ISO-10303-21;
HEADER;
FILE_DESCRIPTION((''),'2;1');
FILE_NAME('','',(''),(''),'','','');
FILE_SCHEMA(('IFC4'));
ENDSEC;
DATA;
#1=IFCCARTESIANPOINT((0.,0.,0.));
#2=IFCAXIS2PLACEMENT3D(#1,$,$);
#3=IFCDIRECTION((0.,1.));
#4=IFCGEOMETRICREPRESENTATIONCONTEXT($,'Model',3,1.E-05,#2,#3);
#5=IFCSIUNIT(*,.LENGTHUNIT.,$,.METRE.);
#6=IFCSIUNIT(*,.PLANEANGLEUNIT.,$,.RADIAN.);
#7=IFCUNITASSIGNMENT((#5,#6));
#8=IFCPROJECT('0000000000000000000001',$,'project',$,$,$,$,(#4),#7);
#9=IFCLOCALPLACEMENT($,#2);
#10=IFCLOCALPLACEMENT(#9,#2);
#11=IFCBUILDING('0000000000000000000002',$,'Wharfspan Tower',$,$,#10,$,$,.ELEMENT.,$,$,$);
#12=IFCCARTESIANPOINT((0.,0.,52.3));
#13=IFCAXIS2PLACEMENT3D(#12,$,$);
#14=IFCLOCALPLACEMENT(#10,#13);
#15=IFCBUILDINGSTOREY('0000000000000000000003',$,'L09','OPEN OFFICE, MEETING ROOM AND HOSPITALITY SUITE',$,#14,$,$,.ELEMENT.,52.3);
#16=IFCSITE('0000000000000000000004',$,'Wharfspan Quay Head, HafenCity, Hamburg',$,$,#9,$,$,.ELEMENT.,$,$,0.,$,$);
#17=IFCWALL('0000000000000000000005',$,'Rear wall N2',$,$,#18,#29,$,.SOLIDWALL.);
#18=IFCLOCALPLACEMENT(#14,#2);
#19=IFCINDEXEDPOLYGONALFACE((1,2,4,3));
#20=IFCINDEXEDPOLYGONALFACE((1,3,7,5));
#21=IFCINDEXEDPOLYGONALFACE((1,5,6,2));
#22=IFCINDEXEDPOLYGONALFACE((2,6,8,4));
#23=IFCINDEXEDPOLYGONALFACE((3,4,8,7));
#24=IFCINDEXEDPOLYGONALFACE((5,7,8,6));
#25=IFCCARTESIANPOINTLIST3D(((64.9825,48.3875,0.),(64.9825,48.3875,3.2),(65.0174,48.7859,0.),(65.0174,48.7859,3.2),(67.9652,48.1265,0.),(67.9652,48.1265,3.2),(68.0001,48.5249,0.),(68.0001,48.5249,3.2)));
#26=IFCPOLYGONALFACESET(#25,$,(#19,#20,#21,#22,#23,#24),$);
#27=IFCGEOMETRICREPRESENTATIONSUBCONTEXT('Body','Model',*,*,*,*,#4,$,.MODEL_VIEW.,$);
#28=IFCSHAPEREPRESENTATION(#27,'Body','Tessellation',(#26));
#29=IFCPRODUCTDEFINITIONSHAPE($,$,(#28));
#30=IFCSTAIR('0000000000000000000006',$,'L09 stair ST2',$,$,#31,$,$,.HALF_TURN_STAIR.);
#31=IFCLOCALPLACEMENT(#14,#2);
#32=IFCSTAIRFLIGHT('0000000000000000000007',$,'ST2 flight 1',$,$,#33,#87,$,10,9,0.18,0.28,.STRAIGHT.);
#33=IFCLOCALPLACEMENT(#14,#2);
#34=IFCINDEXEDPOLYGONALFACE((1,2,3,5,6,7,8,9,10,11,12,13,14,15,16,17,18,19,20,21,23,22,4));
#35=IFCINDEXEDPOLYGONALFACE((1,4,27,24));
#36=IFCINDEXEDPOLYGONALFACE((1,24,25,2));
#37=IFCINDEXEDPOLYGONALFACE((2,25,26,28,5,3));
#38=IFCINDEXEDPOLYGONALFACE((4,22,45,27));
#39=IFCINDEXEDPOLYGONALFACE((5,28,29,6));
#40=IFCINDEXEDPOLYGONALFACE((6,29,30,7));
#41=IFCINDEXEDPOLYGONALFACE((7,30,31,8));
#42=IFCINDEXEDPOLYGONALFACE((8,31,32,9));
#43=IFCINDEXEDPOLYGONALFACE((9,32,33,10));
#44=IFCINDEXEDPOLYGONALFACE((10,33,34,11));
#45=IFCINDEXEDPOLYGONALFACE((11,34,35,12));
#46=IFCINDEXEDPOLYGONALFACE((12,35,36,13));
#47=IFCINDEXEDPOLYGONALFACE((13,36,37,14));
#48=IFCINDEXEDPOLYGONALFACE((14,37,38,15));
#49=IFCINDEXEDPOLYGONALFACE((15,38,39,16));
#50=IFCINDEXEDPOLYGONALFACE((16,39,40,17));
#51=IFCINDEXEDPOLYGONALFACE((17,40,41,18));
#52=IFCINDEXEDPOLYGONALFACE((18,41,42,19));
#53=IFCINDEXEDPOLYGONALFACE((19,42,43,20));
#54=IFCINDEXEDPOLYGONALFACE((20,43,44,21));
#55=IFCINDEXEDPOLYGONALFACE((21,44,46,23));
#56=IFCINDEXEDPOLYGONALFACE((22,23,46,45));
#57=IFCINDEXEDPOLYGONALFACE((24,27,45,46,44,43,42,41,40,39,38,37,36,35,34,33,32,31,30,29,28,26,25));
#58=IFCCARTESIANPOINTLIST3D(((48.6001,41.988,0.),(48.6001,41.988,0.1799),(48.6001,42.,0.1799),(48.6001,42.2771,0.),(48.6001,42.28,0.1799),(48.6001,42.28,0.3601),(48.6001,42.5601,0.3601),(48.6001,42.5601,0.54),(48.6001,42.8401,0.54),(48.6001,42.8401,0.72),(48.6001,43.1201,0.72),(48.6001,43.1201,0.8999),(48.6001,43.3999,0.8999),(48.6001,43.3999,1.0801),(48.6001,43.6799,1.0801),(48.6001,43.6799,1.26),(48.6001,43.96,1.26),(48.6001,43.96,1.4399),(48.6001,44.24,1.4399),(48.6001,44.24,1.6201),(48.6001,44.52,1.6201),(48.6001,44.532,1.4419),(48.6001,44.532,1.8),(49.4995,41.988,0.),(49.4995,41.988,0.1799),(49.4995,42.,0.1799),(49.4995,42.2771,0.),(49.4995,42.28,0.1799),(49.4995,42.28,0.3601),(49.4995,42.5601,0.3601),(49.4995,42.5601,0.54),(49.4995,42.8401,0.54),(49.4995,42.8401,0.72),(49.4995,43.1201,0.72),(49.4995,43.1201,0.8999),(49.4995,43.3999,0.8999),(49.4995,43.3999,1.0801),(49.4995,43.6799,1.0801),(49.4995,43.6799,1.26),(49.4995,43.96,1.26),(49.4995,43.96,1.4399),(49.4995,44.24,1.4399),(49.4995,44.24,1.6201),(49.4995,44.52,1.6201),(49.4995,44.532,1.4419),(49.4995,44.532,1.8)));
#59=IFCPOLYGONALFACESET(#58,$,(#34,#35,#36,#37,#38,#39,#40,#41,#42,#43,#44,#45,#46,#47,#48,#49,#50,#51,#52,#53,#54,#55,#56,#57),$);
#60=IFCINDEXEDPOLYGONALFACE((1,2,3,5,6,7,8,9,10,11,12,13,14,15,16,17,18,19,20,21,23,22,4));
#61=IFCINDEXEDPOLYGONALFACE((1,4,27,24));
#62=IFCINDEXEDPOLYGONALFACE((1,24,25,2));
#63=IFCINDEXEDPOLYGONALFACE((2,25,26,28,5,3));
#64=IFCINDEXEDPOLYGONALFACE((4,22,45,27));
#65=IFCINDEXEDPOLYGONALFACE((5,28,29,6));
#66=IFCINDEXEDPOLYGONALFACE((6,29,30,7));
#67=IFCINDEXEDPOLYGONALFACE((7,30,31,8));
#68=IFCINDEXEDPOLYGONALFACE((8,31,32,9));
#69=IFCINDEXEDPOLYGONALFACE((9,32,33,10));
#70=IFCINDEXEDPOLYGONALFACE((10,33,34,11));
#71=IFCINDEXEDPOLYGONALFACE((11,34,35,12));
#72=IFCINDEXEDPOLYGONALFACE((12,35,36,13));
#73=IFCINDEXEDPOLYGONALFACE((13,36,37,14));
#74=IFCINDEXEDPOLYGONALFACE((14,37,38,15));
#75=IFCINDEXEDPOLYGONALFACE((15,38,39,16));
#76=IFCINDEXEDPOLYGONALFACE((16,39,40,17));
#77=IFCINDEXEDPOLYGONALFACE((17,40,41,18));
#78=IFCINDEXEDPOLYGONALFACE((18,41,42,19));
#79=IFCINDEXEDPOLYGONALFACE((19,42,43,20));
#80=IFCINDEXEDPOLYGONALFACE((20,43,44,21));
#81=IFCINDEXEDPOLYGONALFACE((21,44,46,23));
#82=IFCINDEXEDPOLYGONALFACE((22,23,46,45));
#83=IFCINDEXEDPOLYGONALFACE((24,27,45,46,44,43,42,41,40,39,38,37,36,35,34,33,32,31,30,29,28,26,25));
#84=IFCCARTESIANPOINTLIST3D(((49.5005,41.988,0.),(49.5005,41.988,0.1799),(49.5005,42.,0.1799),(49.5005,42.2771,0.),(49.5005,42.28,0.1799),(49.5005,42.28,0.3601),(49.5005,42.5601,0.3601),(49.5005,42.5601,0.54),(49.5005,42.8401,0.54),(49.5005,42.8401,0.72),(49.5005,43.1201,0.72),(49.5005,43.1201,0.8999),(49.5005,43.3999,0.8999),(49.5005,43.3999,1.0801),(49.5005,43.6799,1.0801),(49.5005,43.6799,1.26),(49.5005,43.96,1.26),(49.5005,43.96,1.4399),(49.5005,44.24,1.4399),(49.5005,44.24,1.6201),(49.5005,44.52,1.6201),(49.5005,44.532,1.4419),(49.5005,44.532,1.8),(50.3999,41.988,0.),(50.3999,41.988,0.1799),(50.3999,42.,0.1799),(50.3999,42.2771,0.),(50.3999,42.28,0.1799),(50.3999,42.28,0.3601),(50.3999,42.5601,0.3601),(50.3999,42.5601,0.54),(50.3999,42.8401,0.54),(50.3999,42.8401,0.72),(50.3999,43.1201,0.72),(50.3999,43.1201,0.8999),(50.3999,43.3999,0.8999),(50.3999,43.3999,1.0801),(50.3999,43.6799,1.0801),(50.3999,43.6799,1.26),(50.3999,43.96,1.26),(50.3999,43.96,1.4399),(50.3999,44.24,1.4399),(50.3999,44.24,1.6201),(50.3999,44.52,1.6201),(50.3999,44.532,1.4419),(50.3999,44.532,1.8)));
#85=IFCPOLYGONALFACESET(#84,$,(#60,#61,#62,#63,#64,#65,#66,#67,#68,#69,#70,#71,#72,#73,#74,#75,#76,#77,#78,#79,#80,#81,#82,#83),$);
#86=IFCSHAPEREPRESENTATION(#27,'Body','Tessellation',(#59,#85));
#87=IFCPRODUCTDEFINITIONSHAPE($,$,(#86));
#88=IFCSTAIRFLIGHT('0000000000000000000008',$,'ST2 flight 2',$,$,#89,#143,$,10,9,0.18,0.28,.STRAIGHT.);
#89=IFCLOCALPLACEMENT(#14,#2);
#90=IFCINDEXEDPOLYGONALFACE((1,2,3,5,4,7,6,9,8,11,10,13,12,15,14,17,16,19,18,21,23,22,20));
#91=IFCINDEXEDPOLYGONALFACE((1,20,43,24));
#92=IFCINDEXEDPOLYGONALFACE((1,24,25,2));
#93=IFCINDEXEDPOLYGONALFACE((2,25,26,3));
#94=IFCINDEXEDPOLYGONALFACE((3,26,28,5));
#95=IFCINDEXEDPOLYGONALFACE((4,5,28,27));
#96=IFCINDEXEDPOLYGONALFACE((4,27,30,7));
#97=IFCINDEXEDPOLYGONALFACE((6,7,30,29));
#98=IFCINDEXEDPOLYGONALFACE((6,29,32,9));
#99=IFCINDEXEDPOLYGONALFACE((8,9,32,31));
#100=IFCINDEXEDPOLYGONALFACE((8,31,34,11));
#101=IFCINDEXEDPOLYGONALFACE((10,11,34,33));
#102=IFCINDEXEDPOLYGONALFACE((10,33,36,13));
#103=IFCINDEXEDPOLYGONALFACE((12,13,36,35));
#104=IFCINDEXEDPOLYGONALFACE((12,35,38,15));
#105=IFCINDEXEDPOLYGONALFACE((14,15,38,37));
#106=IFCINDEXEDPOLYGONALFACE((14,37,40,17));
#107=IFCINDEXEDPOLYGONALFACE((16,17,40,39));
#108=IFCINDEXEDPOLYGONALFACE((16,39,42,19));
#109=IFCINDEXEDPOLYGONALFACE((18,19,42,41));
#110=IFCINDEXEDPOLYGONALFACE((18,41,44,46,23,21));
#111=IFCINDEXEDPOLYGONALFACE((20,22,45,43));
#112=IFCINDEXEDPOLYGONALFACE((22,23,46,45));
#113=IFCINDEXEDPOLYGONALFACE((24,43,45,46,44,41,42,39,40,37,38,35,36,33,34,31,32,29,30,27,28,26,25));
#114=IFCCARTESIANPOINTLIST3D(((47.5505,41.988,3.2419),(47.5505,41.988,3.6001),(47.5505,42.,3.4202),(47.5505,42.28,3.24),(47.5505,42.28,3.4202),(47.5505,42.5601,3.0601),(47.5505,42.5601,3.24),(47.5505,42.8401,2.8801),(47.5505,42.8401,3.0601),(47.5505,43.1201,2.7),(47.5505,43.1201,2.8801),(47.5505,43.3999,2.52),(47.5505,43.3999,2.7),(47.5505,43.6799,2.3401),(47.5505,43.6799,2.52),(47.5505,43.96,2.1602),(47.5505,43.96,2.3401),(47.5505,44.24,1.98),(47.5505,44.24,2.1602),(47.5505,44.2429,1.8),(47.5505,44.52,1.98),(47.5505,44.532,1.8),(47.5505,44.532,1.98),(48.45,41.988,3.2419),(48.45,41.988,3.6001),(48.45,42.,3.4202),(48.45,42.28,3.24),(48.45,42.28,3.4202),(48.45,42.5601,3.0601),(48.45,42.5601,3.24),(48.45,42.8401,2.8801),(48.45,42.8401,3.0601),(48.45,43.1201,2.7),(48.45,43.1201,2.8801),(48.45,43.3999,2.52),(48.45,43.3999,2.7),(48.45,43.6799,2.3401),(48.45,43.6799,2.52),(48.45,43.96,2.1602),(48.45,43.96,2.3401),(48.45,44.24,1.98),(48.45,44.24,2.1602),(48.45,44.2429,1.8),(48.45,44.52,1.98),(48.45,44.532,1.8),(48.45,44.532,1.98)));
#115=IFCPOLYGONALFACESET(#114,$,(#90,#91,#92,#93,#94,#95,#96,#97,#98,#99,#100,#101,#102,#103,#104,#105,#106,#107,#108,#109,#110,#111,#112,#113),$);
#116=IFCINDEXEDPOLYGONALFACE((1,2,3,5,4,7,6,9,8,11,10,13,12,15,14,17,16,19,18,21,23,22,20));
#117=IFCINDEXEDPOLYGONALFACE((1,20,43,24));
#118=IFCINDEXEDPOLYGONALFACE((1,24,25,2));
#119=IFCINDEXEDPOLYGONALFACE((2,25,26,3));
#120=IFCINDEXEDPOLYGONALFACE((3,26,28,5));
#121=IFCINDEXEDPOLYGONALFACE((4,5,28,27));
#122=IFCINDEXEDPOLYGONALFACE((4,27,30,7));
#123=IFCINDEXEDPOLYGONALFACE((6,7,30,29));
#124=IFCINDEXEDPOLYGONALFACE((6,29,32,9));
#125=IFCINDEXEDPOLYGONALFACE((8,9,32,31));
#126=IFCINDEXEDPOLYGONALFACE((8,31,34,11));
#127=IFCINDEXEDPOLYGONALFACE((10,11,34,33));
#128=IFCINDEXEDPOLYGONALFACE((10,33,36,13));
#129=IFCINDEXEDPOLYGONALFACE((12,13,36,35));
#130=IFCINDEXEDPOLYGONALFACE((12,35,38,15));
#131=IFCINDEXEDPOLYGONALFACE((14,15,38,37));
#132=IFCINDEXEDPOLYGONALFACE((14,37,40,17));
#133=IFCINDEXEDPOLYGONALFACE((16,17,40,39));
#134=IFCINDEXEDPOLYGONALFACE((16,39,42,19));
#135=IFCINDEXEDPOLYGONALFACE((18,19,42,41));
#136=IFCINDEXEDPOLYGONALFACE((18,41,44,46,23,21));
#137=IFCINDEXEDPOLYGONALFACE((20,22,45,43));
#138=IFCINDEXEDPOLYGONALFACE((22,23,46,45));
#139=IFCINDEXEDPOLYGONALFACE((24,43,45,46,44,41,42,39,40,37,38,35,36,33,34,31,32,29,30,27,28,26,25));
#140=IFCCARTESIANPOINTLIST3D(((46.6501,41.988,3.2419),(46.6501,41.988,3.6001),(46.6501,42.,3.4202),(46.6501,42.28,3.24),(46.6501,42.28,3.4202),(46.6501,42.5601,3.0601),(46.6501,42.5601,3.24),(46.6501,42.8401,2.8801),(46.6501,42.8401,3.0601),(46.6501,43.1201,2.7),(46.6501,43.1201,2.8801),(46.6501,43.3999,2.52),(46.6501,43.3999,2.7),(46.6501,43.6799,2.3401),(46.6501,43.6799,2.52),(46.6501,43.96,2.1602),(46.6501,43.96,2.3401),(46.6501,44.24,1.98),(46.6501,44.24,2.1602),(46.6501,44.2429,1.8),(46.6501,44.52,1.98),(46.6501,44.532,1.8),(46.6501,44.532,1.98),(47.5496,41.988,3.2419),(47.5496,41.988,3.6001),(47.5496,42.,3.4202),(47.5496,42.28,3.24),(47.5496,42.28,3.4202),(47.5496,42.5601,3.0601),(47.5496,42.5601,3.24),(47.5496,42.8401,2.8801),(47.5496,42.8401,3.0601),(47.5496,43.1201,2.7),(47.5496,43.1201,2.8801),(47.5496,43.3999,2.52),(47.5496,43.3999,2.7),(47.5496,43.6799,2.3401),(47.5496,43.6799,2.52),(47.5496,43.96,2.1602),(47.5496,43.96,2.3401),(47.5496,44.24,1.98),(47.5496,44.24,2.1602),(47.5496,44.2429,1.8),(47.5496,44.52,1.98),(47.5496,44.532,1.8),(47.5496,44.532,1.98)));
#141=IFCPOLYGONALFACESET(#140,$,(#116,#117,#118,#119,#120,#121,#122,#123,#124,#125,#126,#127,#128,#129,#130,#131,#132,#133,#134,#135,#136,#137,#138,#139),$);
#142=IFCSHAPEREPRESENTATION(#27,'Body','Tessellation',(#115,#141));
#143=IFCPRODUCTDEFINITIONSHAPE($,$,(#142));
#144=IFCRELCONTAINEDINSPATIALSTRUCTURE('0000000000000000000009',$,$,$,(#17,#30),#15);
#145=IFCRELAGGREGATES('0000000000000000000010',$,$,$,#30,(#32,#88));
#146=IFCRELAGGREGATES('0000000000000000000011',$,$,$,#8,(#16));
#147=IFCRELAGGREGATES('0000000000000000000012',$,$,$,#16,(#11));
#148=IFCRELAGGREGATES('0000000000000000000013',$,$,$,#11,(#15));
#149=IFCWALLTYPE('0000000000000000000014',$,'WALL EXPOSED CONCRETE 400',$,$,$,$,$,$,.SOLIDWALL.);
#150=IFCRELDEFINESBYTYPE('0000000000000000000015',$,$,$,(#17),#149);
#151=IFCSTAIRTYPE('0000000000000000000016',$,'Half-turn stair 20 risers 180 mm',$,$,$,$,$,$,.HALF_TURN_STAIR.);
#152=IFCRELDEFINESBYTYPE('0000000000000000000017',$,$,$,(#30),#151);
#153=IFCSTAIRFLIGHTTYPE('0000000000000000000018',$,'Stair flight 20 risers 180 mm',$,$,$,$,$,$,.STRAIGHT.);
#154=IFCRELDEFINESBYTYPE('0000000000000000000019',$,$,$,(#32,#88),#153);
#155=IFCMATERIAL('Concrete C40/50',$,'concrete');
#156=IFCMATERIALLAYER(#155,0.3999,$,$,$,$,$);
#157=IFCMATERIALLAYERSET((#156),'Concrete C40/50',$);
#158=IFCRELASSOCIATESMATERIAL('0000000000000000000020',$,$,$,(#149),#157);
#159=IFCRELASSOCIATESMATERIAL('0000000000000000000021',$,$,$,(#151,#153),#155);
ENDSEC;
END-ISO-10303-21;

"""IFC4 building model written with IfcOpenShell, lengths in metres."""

from ifc_helpers import new_model, si_unit, direction, frame, frame_2d, origin, place, context, subcontext, project, spatial, polyline, rectangle, outline, extrude, material, layer, layer_set, type_object, element, aggregate, save


model = new_model("IFC4")

# Units and contexts
model_context = context("Model", 3, precision=1e-05, world=origin(), true_north=direction((0.0, 1.0)))
body_context = subcontext(model_context, "Body", "Model", "MODEL_VIEW")
ifc_project = project(units=[si_unit("LENGTHUNIT", "METRE"), si_unit("PLANEANGLEUNIT", "RADIAN")], contexts=[model_context])

# Site, building, storey
site_placement = place(None, origin())
site = spatial("IfcSite", under=ifc_project, at=site_placement, Name="Wharfspan Quay Head, HafenCity, Hamburg", CompositionType="ELEMENT", RefElevation=0.0)
building_placement = place(site_placement, origin())
building = spatial("IfcBuilding", under=site, at=building_placement, Name="Wharfspan Tower", CompositionType="ELEMENT")
storey_placement = place(building_placement, frame((0.0, 0.0, 52.3)))
storey = spatial("IfcBuildingStorey", under=building, at=storey_placement, Name="L09", Description="OPEN OFFICE, MEETING ROOM AND HOSPITALITY SUITE", CompositionType="ELEMENT", Elevation=52.3)

# Wall
ifc_material_1 = material(Name="Concrete C40/50", Category="concrete")
ifc_layer_1 = layer(ifc_material_1, 0.3999)
ifc_layer_set_1 = layer_set([ifc_layer_1], Name="Concrete C40/50")
wall_type_1 = type_object("IfcWallType", Name="WALL EXPOSED CONCRETE 400", PredefinedType="SOLIDWALL", material=ifc_layer_set_1)
wall_1_placement = place(storey_placement, frame((67.9827, 48.3257, 0.0), z_axis=(0.0, 0.0, 1.0), x_axis=(-0.996194, 0.087168, 0.0)))
element("IfcWall", 1, at=wall_1_placement, inside=storey, type_object=wall_type_1, Name="Rear wall N2", PredefinedType="SOLIDWALL", context=body_context, shape_type="SweptSolid", body=[
    extrude(rectangle(XDim=2.9941, YDim=0.3999, at=frame_2d((1.4971, 0.0))), origin(), (0.0, 0.0, 1.0), 3.2),
])

# Stair, stair flights
stair_type = type_object("IfcStairType", Name="Half-turn stair 20 risers 180 mm", PredefinedType="HALF_TURN_STAIR", material=ifc_material_1)
stair_placement = place(storey_placement, origin())
stair = element("IfcStair", 2, at=stair_placement, inside=storey, type_object=stair_type, Name="L09 stair ST2", PredefinedType="HALF_TURN_STAIR")
stair_flight_type = type_object("IfcStairFlightType", Name="Stair flight 20 risers 180 mm", PredefinedType="STRAIGHT", material=ifc_material_1)
stair_flight_1_placement = place(storey_placement, frame((49.5, 42.0, 0.0), z_axis=(0.0, 0.0, 1.0), x_axis=(0.0, 1.0, 0.0)))
stair_flight_1 = element("IfcStairFlight", 3, at=stair_flight_1_placement, type_object=stair_flight_type, Name="ST2 flight 1", NumberOfRisers=10, NumberOfTreads=9, PredefinedType="STRAIGHT", RiserHeight=0.18, TreadLength=0.28, context=body_context, shape_type="SweptSolid", body=[
    extrude(outline(polyline([(-0.012, 0.0), (-0.012, 0.1799), (0.0, 0.1799), (0.28, 0.1799), (0.28, 0.3601), (0.5601, 0.3601), (0.5601, 0.54), (0.8401, 0.54), (0.8401, 0.72), (1.1201, 0.72), (1.1201, 0.8999), (1.3999, 0.8999), (1.3999, 1.0801), (1.6799, 1.0801), (1.6799, 1.26), (1.96, 1.26), (1.96, 1.4399), (2.24, 1.4399), (2.24, 1.6201), (2.52, 1.6201), (2.532, 1.8), (2.532, 1.4419), (0.2771, 0.0), (-0.012, 0.0)])), frame((0.0, 0.8999, 0.0), z_axis=(0.0, -1.0, 0.0), x_axis=(1.0, 0.0, 0.0)), (0.0, 0.0, 1.0), 0.8994),
    extrude(outline(polyline([(-0.012, 0.0), (-0.012, 0.1799), (0.0, 0.1799), (0.28, 0.1799), (0.28, 0.3601), (0.5601, 0.3601), (0.5601, 0.54), (0.8401, 0.54), (0.8401, 0.72), (1.1201, 0.72), (1.1201, 0.8999), (1.3999, 0.8999), (1.3999, 1.0801), (1.6799, 1.0801), (1.6799, 1.26), (1.96, 1.26), (1.96, 1.4399), (2.24, 1.4399), (2.24, 1.6201), (2.52, 1.6201), (2.532, 1.8), (2.532, 1.4419), (0.2771, 0.0), (-0.012, 0.0)])), frame((0.0, -0.0005, 0.0), z_axis=(0.0, -1.0, 0.0), x_axis=(1.0, 0.0, 0.0)), (0.0, 0.0, 1.0), 0.8994),
])
stair_flight_2_placement = place(storey_placement, frame((47.55, 44.52, 1.8), z_axis=(0.0, 0.0, 1.0), x_axis=(0.0, -1.0, 0.0)))
stair_flight_2 = element("IfcStairFlight", 4, at=stair_flight_2_placement, type_object=stair_flight_type, Name="ST2 flight 2", NumberOfRisers=10, NumberOfTreads=9, PredefinedType="STRAIGHT", RiserHeight=0.18, TreadLength=0.28, context=body_context, shape_type="SweptSolid", body=[
    extrude(outline(polyline([(-0.012, 0.0), (-0.012, 0.1799), (0.0, 0.1799), (0.28, 0.1799), (0.28, 0.3601), (0.5601, 0.3601), (0.5601, 0.54), (0.8401, 0.54), (0.8401, 0.72), (1.1201, 0.72), (1.1201, 0.8999), (1.3999, 0.8999), (1.3999, 1.0801), (1.6799, 1.0801), (1.6799, 1.26), (1.96, 1.26), (1.96, 1.4399), (2.24, 1.4399), (2.24, 1.6201), (2.52, 1.6201), (2.532, 1.8), (2.532, 1.4419), (0.2771, 0.0), (-0.012, 0.0)])), frame((0.0, 0.8999, 0.0), z_axis=(0.0, -1.0, 0.0), x_axis=(1.0, 0.0, 0.0)), (0.0, 0.0, 1.0), 0.8994),
    extrude(outline(polyline([(-0.012, 0.0), (-0.012, 0.1799), (0.0, 0.1799), (0.28, 0.1799), (0.28, 0.3601), (0.5601, 0.3601), (0.5601, 0.54), (0.8401, 0.54), (0.8401, 0.72), (1.1201, 0.72), (1.1201, 0.8999), (1.3999, 0.8999), (1.3999, 1.0801), (1.6799, 1.0801), (1.6799, 1.26), (1.96, 1.26), (1.96, 1.4399), (2.24, 1.4399), (2.24, 1.6201), (2.52, 1.6201), (2.532, 1.8), (2.532, 1.4419), (0.2771, 0.0), (-0.012, 0.0)])), frame((0.0, -0.0005, 0.0), z_axis=(0.0, -1.0, 0.0), x_axis=(1.0, 0.0, 0.0)), (0.0, 0.0, 1.0), 0.8994),
])
aggregate(stair, [stair_flight_1, stair_flight_2])

save(model, "model.ifc")
